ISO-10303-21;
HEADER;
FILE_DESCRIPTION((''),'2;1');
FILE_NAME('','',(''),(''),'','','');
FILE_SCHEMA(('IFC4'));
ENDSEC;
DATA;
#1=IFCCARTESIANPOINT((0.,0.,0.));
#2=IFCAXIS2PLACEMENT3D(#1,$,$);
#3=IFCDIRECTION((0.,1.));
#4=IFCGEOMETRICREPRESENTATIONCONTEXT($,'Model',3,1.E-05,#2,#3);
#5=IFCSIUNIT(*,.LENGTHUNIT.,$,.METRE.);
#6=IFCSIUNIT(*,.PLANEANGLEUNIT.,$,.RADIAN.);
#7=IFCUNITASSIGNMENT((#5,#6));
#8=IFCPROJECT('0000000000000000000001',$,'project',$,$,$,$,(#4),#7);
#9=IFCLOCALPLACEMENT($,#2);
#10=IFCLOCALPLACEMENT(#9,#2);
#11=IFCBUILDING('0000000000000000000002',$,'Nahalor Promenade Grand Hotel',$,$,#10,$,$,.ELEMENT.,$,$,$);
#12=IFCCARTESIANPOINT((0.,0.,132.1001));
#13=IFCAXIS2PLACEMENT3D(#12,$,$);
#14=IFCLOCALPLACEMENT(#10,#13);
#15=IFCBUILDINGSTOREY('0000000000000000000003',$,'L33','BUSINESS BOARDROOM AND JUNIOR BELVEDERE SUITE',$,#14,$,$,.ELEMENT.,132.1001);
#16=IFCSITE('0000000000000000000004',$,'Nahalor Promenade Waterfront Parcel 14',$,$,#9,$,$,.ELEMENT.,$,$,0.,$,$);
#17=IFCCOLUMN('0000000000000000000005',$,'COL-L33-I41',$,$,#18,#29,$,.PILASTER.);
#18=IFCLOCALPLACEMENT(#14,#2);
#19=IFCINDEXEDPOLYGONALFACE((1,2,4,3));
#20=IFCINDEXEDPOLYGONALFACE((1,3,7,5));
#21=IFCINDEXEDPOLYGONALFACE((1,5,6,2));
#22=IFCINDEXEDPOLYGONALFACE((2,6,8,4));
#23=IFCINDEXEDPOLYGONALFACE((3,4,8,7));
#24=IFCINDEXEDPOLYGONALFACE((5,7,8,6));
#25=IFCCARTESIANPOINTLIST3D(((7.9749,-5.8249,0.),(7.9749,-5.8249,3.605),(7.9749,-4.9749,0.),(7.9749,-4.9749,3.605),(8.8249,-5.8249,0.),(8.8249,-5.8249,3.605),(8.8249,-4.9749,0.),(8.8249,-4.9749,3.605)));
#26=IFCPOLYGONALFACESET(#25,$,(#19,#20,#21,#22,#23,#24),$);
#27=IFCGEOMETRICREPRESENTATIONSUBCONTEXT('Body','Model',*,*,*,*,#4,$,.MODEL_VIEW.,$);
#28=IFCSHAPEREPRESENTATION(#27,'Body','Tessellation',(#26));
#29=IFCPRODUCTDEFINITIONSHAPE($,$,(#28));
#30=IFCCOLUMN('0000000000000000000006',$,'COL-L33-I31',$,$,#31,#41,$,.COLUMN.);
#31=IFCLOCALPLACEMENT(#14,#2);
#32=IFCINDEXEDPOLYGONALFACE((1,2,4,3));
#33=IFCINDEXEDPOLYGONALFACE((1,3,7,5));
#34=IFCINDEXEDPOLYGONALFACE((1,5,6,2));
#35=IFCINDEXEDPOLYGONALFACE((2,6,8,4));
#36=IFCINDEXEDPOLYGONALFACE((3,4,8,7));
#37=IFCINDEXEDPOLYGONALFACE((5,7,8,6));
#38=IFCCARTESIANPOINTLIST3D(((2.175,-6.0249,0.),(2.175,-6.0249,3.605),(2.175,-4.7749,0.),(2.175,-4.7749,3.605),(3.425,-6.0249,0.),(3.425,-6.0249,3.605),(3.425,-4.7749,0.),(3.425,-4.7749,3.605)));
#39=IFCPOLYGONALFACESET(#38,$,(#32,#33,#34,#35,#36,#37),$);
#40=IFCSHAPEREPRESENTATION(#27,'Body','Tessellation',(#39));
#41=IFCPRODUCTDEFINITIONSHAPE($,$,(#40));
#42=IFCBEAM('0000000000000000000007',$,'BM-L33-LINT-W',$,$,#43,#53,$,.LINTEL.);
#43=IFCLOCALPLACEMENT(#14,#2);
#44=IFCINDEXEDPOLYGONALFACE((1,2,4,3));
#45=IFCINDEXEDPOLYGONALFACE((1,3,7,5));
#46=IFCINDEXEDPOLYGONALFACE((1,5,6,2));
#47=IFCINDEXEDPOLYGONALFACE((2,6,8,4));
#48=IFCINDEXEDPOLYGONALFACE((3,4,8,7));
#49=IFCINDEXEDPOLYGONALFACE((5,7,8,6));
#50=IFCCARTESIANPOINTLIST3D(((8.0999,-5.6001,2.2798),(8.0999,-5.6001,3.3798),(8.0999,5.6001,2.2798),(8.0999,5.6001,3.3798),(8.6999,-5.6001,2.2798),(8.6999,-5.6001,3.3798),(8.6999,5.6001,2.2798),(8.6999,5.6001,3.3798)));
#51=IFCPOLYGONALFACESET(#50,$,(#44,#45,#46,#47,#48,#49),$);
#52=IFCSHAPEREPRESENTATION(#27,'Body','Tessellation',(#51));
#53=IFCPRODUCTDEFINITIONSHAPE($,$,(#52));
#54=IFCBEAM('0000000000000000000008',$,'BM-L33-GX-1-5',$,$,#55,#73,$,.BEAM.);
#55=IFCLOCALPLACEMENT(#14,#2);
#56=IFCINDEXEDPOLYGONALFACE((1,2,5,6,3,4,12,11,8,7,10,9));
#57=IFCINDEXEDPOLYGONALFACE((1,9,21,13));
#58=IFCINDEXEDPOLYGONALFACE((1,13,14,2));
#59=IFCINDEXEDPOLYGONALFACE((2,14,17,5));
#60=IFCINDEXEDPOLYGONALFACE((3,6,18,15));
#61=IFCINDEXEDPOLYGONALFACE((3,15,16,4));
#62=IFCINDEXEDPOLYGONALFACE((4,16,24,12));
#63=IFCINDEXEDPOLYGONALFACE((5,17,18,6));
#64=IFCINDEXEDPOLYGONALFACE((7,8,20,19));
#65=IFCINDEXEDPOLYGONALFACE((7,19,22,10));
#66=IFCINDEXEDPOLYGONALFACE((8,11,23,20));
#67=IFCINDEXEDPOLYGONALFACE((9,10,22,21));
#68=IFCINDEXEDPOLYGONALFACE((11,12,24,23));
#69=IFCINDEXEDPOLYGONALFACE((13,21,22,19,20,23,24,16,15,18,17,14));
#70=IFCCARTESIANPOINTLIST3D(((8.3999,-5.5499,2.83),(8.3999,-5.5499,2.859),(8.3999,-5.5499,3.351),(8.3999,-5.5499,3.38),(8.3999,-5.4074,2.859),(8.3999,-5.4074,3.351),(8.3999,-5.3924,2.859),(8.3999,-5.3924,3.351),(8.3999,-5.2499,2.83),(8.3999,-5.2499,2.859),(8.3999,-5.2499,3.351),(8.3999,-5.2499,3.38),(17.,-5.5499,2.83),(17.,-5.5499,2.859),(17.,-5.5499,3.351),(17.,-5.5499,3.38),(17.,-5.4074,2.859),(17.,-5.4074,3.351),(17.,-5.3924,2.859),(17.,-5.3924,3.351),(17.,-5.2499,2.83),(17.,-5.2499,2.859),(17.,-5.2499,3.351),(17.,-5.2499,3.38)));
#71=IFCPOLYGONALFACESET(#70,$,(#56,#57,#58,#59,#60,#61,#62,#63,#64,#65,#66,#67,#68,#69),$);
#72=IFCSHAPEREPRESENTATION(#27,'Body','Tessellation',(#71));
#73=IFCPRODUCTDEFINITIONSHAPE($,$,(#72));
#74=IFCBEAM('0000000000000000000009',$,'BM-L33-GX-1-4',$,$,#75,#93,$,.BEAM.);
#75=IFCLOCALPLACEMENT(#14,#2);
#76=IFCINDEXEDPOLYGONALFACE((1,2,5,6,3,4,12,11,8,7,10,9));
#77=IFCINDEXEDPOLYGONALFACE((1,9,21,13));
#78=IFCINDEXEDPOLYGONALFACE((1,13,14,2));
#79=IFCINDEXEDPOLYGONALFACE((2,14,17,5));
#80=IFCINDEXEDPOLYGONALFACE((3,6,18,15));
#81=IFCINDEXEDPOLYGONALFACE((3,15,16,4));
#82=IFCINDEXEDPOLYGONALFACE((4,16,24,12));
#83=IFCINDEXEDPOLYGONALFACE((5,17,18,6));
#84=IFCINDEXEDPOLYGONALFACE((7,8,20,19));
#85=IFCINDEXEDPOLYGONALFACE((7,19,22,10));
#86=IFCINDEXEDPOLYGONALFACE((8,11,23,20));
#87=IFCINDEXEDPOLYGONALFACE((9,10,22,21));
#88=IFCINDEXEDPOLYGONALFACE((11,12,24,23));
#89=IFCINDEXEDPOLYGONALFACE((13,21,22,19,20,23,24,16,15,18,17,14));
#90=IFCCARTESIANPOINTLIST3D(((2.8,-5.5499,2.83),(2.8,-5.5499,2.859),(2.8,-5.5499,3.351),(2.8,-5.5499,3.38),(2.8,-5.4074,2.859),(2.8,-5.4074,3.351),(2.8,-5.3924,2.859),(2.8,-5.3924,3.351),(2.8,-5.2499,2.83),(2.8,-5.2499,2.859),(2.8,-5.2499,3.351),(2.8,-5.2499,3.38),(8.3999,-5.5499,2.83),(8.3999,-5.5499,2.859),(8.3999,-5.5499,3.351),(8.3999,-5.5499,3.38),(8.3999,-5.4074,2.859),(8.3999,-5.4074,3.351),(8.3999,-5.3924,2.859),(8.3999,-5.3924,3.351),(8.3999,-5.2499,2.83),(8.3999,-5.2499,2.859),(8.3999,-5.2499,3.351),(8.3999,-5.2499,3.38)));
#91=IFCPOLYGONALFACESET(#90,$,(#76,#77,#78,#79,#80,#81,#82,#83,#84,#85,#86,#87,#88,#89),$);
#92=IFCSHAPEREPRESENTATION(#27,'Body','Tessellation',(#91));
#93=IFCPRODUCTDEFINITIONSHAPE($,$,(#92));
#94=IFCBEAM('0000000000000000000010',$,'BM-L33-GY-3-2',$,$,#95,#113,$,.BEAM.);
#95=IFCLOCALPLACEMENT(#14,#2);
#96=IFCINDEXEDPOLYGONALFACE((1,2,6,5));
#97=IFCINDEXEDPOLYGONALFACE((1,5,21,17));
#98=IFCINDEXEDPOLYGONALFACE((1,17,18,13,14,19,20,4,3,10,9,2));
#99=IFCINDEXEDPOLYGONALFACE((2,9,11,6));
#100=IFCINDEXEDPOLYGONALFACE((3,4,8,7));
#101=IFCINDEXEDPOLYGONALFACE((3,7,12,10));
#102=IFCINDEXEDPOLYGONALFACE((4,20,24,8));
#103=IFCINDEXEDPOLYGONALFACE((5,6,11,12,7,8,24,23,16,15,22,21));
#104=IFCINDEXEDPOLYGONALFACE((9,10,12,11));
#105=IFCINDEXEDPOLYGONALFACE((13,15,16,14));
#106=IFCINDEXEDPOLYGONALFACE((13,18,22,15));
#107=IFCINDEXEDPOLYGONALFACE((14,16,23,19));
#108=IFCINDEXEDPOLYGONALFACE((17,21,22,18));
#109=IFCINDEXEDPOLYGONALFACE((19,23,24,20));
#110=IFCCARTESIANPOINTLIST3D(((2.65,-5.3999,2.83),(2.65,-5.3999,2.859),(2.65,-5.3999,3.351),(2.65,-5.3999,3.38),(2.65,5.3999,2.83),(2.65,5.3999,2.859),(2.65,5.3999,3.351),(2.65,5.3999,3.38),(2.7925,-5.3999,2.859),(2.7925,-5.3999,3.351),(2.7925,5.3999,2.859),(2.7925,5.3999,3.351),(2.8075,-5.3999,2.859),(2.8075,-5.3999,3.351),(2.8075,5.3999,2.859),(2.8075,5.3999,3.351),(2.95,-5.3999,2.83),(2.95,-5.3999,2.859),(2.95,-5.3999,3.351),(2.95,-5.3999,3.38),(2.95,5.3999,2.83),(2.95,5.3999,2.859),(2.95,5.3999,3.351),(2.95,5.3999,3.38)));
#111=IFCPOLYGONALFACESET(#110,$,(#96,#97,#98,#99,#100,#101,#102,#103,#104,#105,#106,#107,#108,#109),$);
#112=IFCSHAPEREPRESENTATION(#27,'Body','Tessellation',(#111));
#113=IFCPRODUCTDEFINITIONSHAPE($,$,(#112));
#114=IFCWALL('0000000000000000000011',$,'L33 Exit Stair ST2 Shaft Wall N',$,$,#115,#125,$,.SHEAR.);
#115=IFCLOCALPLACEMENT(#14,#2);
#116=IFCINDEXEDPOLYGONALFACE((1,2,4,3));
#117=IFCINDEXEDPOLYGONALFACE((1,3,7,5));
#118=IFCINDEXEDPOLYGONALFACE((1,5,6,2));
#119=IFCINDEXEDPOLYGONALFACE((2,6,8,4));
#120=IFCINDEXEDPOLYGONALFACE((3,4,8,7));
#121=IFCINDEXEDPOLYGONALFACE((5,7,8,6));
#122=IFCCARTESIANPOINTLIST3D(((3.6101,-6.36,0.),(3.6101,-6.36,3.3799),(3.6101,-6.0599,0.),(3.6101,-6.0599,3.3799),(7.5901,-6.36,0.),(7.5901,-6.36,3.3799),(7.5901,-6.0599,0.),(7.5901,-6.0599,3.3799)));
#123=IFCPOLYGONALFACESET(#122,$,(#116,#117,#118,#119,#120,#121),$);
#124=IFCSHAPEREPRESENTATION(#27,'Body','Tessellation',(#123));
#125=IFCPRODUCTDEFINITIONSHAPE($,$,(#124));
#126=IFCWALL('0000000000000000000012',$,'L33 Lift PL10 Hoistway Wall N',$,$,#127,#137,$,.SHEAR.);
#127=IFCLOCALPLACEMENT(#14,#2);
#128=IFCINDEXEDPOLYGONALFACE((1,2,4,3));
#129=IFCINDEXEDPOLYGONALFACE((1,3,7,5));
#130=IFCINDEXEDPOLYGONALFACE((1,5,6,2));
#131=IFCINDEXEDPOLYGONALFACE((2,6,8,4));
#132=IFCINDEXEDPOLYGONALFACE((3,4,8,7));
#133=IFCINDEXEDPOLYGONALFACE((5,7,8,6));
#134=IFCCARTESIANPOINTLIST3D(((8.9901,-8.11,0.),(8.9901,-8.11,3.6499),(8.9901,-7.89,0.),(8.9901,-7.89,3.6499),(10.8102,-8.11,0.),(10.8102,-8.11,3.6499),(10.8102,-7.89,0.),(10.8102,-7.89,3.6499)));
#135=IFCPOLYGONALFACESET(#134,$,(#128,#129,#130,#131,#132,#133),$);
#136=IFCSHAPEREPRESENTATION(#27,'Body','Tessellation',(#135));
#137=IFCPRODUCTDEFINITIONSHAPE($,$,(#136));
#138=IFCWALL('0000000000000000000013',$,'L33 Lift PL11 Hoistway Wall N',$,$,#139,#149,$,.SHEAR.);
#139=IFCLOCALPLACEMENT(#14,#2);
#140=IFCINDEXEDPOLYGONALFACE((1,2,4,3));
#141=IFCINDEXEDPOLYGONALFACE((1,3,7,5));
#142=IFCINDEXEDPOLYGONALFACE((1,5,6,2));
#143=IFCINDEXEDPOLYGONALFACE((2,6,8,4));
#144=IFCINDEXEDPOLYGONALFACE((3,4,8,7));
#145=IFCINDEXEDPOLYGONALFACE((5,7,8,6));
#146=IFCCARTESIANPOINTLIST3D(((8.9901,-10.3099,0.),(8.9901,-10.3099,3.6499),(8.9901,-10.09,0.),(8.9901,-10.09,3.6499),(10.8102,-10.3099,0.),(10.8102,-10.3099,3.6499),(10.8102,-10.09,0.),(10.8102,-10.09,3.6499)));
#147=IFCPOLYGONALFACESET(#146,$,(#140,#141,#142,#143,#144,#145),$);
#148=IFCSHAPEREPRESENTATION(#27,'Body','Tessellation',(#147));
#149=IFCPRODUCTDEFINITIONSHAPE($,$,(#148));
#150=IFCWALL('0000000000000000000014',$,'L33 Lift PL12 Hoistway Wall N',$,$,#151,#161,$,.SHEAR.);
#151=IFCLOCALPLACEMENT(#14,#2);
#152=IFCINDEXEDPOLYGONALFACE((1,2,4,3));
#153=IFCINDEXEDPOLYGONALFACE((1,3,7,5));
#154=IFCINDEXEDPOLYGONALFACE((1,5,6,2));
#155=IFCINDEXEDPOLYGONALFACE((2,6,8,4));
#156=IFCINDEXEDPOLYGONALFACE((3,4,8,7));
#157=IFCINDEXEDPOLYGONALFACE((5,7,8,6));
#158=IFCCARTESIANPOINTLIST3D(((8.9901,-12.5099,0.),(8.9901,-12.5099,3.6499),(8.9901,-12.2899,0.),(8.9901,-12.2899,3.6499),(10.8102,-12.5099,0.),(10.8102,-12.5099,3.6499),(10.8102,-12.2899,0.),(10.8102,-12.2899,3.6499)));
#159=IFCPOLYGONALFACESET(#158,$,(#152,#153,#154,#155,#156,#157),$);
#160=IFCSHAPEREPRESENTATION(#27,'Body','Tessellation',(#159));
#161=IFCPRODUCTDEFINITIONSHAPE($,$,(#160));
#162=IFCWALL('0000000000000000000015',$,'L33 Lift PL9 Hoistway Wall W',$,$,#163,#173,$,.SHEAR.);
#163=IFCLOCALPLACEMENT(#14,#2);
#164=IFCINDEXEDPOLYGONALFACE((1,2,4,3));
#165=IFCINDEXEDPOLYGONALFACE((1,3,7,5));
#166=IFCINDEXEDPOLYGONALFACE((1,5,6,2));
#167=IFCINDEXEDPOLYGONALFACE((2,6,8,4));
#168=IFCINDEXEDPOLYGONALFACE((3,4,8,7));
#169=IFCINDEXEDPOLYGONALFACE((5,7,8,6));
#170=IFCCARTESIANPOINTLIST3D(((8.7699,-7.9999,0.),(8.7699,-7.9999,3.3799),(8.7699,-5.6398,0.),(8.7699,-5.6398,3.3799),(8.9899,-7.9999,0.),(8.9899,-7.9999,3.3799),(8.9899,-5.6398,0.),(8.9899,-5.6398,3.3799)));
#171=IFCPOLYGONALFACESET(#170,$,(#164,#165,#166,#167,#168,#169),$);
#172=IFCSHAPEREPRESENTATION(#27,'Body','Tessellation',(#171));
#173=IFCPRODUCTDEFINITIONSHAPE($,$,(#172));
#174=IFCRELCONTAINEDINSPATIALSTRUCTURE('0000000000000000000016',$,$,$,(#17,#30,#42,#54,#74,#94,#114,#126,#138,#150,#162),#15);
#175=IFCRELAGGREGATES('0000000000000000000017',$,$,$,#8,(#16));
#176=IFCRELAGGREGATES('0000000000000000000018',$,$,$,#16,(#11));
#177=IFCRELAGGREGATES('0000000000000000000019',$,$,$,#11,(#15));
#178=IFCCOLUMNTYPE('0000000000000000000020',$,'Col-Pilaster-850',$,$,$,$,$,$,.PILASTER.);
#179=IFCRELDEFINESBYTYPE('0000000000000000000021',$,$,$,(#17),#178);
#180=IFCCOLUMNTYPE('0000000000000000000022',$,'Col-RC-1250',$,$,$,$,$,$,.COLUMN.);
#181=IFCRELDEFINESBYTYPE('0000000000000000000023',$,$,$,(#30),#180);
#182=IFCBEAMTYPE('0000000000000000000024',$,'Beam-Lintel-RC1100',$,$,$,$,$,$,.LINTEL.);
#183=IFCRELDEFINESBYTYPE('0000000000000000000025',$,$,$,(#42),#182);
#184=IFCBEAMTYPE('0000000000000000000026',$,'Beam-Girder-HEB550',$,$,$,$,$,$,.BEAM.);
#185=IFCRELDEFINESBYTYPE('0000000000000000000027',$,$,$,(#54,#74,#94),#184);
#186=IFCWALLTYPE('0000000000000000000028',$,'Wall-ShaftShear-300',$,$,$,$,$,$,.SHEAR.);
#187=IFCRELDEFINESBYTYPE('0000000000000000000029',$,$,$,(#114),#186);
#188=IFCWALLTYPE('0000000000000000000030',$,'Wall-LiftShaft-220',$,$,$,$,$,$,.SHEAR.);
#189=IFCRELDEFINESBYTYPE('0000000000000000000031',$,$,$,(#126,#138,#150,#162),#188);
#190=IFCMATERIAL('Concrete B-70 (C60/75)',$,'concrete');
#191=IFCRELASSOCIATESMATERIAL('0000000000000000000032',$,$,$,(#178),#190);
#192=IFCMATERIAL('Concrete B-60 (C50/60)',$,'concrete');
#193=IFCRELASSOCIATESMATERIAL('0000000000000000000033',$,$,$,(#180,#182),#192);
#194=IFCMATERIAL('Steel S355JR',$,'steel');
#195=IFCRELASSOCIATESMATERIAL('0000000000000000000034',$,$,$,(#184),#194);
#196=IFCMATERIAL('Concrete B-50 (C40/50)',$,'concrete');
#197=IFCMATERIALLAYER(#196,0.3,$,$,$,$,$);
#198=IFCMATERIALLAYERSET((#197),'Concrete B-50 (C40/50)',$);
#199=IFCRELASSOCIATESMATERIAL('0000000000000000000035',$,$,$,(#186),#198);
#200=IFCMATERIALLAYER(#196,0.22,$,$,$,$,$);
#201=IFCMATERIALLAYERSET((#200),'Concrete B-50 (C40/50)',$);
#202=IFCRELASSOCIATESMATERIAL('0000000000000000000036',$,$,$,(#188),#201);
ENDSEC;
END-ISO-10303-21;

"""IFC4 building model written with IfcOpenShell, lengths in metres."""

from ifc_helpers import new_model, si_unit, direction, frame, frame_2d, origin, origin_2d, place, context, subcontext, project, spatial, rectangle, i_section, extrude, source, transform, mapped, material, layer, layer_set, material_profile, profile_set, type_object, element, save


model = new_model("IFC4")

# Units and contexts
model_context = context("Model", 3, precision=1e-05, world=origin(), true_north=direction((0.0, 1.0)))
body_context = subcontext(model_context, "Body", "Model", "MODEL_VIEW")
ifc_project = project(units=[si_unit("LENGTHUNIT", "METRE"), si_unit("PLANEANGLEUNIT", "RADIAN")], contexts=[model_context])

# Site, building, storey
site_placement = place(None, origin())
site = spatial("IfcSite", under=ifc_project, at=site_placement, Name="Nahalor Promenade Waterfront Parcel 14", CompositionType="ELEMENT", RefElevation=0.0)
building_placement = place(site_placement, origin())
building = spatial("IfcBuilding", under=site, at=building_placement, Name="Nahalor Promenade Grand Hotel", CompositionType="ELEMENT")
storey_placement = place(building_placement, frame((0.0, 0.0, 132.1001)))
storey = spatial("IfcBuildingStorey", under=building, at=storey_placement, Name="L33", Description="BUSINESS BOARDROOM AND JUNIOR BELVEDERE SUITE", CompositionType="ELEMENT", Elevation=132.1001)

# Columns
ifc_material_1 = material(Name="Concrete B-70 (C60/75)", Category="concrete")
ifc_material_profile_1 = material_profile(ifc_material_1, rectangle(XDim=0.85, YDim=0.85, at=origin_2d()), Name="RC 850x850")
ifc_profile_set_1 = profile_set([ifc_material_profile_1], Name="Concrete B-70 (C60/75)")
column_type_1 = type_object("IfcColumnType", Name="Col-Pilaster-850", PredefinedType="PILASTER", material=ifc_profile_set_1)
shared_shape_1 = source(origin(), body_context, "Body", "SweptSolid", [
    extrude(rectangle(XDim=0.85, YDim=0.85, at=origin_2d()), origin(), (0.0, 0.0, 1.0), 3.605),
])
column_1_placement = place(storey_placement, frame((8.3999, -5.3999, 0.0), z_axis=(0.0, 0.0, 1.0), x_axis=(1.0, 0.0, 0.0)))
element("IfcColumn", 1, at=column_1_placement, inside=storey, type_object=column_type_1, Name="COL-L33-I41", PredefinedType="PILASTER", context=body_context, shape_type="MappedRepresentation", body=[
    mapped(shared_shape_1, transform((0.0, 0.0, 0.0), scale=1.0)),
])
ifc_material_2 = material(Name="Concrete B-60 (C50/60)", Category="concrete")
ifc_material_profile_2 = material_profile(ifc_material_2, rectangle(XDim=1.25, YDim=1.25, at=origin_2d()), Name="RC 1250x1250")
ifc_profile_set_2 = profile_set([ifc_material_profile_2], Name="Concrete B-60 (C50/60)")
column_type_2 = type_object("IfcColumnType", Name="Col-RC-1250", PredefinedType="COLUMN", material=ifc_profile_set_2)
shared_shape_2 = source(origin(), body_context, "Body", "SweptSolid", [
    extrude(rectangle(XDim=1.25, YDim=1.25, at=origin_2d()), origin(), (0.0, 0.0, 1.0), 3.605),
])
column_2_placement = place(storey_placement, frame((2.8, -5.3999, 0.0), z_axis=(0.0, 0.0, 1.0), x_axis=(1.0, 0.0, 0.0)))
element("IfcColumn", 2, at=column_2_placement, inside=storey, type_object=column_type_2, Name="COL-L33-I31", PredefinedType="COLUMN", context=body_context, shape_type="MappedRepresentation", body=[
    mapped(shared_shape_2, transform((0.0, 0.0, 0.0), scale=1.0)),
])

# Beams
ifc_material_profile_3 = material_profile(ifc_material_2, rectangle(XDim=0.6, YDim=1.1, at=origin_2d()), Name="RC 600x1100")
ifc_profile_set_3 = profile_set([ifc_material_profile_3], Name="Concrete B-60 (C50/60)")
beam_type_1 = type_object("IfcBeamType", Name="Beam-Lintel-RC1100", PredefinedType="LINTEL", material=ifc_profile_set_3)
shared_shape_3 = source(origin(), body_context, "Body", "SweptSolid", [
    extrude(rectangle(XDim=0.6, YDim=1.1, at=origin_2d()), origin(), (0.0, 0.0, 1.0), 11.2002),
])
beam_1_placement = place(storey_placement, frame((8.3999, -5.6001, 2.8298), z_axis=(0.0, 1.0, 0.0), x_axis=(-1.0, 0.0, 0.0)))
element("IfcBeam", 3, at=beam_1_placement, inside=storey, type_object=beam_type_1, Name="BM-L33-LINT-W", PredefinedType="LINTEL", context=body_context, shape_type="MappedRepresentation", body=[
    mapped(shared_shape_3, transform((0.0, 0.0, 0.0), scale=1.0)),
])
ifc_material_3 = material(Name="Steel S355JR", Category="steel")
ifc_material_profile_4 = material_profile(ifc_material_3, i_section(OverallWidth=0.3, OverallDepth=0.55, WebThickness=0.015, FlangeThickness=0.029, at=origin_2d()), Name="HEB 550")
ifc_profile_set_4 = profile_set([ifc_material_profile_4], Name="Steel S355JR")
beam_type_2 = type_object("IfcBeamType", Name="Beam-Girder-HEB550", PredefinedType="BEAM", material=ifc_profile_set_4)
shared_shape_4 = source(origin(), body_context, "Body", "SweptSolid", [
    extrude(i_section(OverallWidth=0.3, OverallDepth=0.55, WebThickness=0.015, FlangeThickness=0.029, at=origin_2d()), origin(), (0.0, 0.0, 1.0), 8.6001),
])
beam_2_placement = place(storey_placement, frame((8.3999, -5.3999, 3.105), z_axis=(1.0, 0.0, 0.0), x_axis=(0.0, 1.0, 0.0)))
element("IfcBeam", 4, at=beam_2_placement, inside=storey, type_object=beam_type_2, Name="BM-L33-GX-1-5", PredefinedType="BEAM", context=body_context, shape_type="MappedRepresentation", body=[
    mapped(shared_shape_4, transform((0.0, 0.0, 0.0), scale=1.0)),
])
shared_shape_5 = source(origin(), body_context, "Body", "SweptSolid", [
    extrude(i_section(OverallWidth=0.3, OverallDepth=0.55, WebThickness=0.015, FlangeThickness=0.029, at=origin_2d()), origin(), (0.0, 0.0, 1.0), 5.5999),
])
beam_3_placement = place(storey_placement, frame((2.8, -5.3999, 3.105), z_axis=(1.0, 0.0, 0.0), x_axis=(0.0, 1.0, 0.0)))
element("IfcBeam", 5, at=beam_3_placement, inside=storey, type_object=beam_type_2, Name="BM-L33-GX-1-4", PredefinedType="BEAM", context=body_context, shape_type="MappedRepresentation", body=[
    mapped(shared_shape_5, transform((0.0, 0.0, 0.0), scale=1.0)),
])
shared_shape_6 = source(origin(), body_context, "Body", "SweptSolid", [
    extrude(i_section(OverallWidth=0.3, OverallDepth=0.55, WebThickness=0.015, FlangeThickness=0.029, at=origin_2d()), origin(), (0.0, 0.0, 1.0), 10.7998),
])
beam_4_placement = place(storey_placement, frame((2.8, -5.3999, 3.105), z_axis=(0.0, 1.0, 0.0), x_axis=(-1.0, 0.0, 0.0)))
element("IfcBeam", 6, at=beam_4_placement, inside=storey, type_object=beam_type_2, Name="BM-L33-GY-3-2", PredefinedType="BEAM", context=body_context, shape_type="MappedRepresentation", body=[
    mapped(shared_shape_6, transform((0.0, 0.0, 0.0), scale=1.0)),
])

# Walls
ifc_material_4 = material(Name="Concrete B-50 (C40/50)", Category="concrete")
ifc_layer_1 = layer(ifc_material_4, 0.3)
ifc_layer_set_1 = layer_set([ifc_layer_1], Name="Concrete B-50 (C40/50)")
wall_type_1 = type_object("IfcWallType", Name="Wall-ShaftShear-300", PredefinedType="SHEAR", material=ifc_layer_set_1)
shared_shape_7 = source(origin(), body_context, "Body", "SweptSolid", [
    extrude(rectangle(XDim=3.98, YDim=0.3, at=frame_2d((1.99, 0.0))), origin(), (0.0, 0.0, 1.0), 3.3799),
])
wall_1_placement = place(storey_placement, frame((3.6101, -6.21, 0.0), z_axis=(0.0, 0.0, 1.0), x_axis=(1.0, 0.0, 0.0)))
element("IfcWall", 7, at=wall_1_placement, inside=storey, type_object=wall_type_1, Name="L33 Exit Stair ST2 Shaft Wall N", PredefinedType="SHEAR", context=body_context, shape_type="MappedRepresentation", body=[
    mapped(shared_shape_7, transform((0.0, 0.0, 0.0), scale=1.0)),
])
ifc_layer_2 = layer(ifc_material_4, 0.22)
ifc_layer_set_2 = layer_set([ifc_layer_2], Name="Concrete B-50 (C40/50)")
wall_type_2 = type_object("IfcWallType", Name="Wall-LiftShaft-220", PredefinedType="SHEAR", material=ifc_layer_set_2)
shared_shape_8 = source(origin(), body_context, "Body", "SweptSolid", [
    extrude(rectangle(XDim=1.8201, YDim=0.22, at=frame_2d((0.9102, 0.0))), origin(), (0.0, 0.0, 1.0), 3.6499),
])
for number, where, z_axis, x_axis, name in (
    (8, (8.99, -8.0, 0.0), (0.0, 0.0, 1.0), (1.0, 0.0, 0.0), "L33 Lift PL10 Hoistway Wall N"),
    (9, (8.99, -10.2, 0.0), (0.0, 0.0, 1.0), (1.0, 0.0, 0.0), "L33 Lift PL11 Hoistway Wall N"),
    (10, (8.99, -12.3999, 0.0), (0.0, 0.0, 1.0), (1.0, 0.0, 0.0), "L33 Lift PL12 Hoistway Wall N"),
):
    element("IfcWall", number, at=place(storey_placement, frame(where, z_axis=z_axis, x_axis=x_axis)), inside=storey, type_object=wall_type_2, Name=name, PredefinedType="SHEAR", context=body_context, shape_type="MappedRepresentation", body=[
        mapped(shared_shape_8, transform((0.0, 0.0, 0.0), scale=1.0)),
    ])
shared_shape_9 = source(origin(), body_context, "Body", "SweptSolid", [
    extrude(rectangle(XDim=2.3601, YDim=0.22, at=frame_2d((1.1802, 0.0))), origin(), (0.0, 0.0, 1.0), 3.3799),
])
for number, where, z_axis, x_axis, name in (
    (11, (8.8799, -8.0, 0.0), (0.0, 0.0, 1.0), (0.0, 1.0, 0.0), "L33 Lift PL9 Hoistway Wall W"),
):
    element("IfcWall", number, at=place(storey_placement, frame(where, z_axis=z_axis, x_axis=x_axis)), inside=storey, type_object=wall_type_2, Name=name, PredefinedType="SHEAR", context=body_context, shape_type="MappedRepresentation", body=[
        mapped(shared_shape_9, transform((0.0, 0.0, 0.0), scale=1.0)),
    ])

save(model, "model.ifc")
